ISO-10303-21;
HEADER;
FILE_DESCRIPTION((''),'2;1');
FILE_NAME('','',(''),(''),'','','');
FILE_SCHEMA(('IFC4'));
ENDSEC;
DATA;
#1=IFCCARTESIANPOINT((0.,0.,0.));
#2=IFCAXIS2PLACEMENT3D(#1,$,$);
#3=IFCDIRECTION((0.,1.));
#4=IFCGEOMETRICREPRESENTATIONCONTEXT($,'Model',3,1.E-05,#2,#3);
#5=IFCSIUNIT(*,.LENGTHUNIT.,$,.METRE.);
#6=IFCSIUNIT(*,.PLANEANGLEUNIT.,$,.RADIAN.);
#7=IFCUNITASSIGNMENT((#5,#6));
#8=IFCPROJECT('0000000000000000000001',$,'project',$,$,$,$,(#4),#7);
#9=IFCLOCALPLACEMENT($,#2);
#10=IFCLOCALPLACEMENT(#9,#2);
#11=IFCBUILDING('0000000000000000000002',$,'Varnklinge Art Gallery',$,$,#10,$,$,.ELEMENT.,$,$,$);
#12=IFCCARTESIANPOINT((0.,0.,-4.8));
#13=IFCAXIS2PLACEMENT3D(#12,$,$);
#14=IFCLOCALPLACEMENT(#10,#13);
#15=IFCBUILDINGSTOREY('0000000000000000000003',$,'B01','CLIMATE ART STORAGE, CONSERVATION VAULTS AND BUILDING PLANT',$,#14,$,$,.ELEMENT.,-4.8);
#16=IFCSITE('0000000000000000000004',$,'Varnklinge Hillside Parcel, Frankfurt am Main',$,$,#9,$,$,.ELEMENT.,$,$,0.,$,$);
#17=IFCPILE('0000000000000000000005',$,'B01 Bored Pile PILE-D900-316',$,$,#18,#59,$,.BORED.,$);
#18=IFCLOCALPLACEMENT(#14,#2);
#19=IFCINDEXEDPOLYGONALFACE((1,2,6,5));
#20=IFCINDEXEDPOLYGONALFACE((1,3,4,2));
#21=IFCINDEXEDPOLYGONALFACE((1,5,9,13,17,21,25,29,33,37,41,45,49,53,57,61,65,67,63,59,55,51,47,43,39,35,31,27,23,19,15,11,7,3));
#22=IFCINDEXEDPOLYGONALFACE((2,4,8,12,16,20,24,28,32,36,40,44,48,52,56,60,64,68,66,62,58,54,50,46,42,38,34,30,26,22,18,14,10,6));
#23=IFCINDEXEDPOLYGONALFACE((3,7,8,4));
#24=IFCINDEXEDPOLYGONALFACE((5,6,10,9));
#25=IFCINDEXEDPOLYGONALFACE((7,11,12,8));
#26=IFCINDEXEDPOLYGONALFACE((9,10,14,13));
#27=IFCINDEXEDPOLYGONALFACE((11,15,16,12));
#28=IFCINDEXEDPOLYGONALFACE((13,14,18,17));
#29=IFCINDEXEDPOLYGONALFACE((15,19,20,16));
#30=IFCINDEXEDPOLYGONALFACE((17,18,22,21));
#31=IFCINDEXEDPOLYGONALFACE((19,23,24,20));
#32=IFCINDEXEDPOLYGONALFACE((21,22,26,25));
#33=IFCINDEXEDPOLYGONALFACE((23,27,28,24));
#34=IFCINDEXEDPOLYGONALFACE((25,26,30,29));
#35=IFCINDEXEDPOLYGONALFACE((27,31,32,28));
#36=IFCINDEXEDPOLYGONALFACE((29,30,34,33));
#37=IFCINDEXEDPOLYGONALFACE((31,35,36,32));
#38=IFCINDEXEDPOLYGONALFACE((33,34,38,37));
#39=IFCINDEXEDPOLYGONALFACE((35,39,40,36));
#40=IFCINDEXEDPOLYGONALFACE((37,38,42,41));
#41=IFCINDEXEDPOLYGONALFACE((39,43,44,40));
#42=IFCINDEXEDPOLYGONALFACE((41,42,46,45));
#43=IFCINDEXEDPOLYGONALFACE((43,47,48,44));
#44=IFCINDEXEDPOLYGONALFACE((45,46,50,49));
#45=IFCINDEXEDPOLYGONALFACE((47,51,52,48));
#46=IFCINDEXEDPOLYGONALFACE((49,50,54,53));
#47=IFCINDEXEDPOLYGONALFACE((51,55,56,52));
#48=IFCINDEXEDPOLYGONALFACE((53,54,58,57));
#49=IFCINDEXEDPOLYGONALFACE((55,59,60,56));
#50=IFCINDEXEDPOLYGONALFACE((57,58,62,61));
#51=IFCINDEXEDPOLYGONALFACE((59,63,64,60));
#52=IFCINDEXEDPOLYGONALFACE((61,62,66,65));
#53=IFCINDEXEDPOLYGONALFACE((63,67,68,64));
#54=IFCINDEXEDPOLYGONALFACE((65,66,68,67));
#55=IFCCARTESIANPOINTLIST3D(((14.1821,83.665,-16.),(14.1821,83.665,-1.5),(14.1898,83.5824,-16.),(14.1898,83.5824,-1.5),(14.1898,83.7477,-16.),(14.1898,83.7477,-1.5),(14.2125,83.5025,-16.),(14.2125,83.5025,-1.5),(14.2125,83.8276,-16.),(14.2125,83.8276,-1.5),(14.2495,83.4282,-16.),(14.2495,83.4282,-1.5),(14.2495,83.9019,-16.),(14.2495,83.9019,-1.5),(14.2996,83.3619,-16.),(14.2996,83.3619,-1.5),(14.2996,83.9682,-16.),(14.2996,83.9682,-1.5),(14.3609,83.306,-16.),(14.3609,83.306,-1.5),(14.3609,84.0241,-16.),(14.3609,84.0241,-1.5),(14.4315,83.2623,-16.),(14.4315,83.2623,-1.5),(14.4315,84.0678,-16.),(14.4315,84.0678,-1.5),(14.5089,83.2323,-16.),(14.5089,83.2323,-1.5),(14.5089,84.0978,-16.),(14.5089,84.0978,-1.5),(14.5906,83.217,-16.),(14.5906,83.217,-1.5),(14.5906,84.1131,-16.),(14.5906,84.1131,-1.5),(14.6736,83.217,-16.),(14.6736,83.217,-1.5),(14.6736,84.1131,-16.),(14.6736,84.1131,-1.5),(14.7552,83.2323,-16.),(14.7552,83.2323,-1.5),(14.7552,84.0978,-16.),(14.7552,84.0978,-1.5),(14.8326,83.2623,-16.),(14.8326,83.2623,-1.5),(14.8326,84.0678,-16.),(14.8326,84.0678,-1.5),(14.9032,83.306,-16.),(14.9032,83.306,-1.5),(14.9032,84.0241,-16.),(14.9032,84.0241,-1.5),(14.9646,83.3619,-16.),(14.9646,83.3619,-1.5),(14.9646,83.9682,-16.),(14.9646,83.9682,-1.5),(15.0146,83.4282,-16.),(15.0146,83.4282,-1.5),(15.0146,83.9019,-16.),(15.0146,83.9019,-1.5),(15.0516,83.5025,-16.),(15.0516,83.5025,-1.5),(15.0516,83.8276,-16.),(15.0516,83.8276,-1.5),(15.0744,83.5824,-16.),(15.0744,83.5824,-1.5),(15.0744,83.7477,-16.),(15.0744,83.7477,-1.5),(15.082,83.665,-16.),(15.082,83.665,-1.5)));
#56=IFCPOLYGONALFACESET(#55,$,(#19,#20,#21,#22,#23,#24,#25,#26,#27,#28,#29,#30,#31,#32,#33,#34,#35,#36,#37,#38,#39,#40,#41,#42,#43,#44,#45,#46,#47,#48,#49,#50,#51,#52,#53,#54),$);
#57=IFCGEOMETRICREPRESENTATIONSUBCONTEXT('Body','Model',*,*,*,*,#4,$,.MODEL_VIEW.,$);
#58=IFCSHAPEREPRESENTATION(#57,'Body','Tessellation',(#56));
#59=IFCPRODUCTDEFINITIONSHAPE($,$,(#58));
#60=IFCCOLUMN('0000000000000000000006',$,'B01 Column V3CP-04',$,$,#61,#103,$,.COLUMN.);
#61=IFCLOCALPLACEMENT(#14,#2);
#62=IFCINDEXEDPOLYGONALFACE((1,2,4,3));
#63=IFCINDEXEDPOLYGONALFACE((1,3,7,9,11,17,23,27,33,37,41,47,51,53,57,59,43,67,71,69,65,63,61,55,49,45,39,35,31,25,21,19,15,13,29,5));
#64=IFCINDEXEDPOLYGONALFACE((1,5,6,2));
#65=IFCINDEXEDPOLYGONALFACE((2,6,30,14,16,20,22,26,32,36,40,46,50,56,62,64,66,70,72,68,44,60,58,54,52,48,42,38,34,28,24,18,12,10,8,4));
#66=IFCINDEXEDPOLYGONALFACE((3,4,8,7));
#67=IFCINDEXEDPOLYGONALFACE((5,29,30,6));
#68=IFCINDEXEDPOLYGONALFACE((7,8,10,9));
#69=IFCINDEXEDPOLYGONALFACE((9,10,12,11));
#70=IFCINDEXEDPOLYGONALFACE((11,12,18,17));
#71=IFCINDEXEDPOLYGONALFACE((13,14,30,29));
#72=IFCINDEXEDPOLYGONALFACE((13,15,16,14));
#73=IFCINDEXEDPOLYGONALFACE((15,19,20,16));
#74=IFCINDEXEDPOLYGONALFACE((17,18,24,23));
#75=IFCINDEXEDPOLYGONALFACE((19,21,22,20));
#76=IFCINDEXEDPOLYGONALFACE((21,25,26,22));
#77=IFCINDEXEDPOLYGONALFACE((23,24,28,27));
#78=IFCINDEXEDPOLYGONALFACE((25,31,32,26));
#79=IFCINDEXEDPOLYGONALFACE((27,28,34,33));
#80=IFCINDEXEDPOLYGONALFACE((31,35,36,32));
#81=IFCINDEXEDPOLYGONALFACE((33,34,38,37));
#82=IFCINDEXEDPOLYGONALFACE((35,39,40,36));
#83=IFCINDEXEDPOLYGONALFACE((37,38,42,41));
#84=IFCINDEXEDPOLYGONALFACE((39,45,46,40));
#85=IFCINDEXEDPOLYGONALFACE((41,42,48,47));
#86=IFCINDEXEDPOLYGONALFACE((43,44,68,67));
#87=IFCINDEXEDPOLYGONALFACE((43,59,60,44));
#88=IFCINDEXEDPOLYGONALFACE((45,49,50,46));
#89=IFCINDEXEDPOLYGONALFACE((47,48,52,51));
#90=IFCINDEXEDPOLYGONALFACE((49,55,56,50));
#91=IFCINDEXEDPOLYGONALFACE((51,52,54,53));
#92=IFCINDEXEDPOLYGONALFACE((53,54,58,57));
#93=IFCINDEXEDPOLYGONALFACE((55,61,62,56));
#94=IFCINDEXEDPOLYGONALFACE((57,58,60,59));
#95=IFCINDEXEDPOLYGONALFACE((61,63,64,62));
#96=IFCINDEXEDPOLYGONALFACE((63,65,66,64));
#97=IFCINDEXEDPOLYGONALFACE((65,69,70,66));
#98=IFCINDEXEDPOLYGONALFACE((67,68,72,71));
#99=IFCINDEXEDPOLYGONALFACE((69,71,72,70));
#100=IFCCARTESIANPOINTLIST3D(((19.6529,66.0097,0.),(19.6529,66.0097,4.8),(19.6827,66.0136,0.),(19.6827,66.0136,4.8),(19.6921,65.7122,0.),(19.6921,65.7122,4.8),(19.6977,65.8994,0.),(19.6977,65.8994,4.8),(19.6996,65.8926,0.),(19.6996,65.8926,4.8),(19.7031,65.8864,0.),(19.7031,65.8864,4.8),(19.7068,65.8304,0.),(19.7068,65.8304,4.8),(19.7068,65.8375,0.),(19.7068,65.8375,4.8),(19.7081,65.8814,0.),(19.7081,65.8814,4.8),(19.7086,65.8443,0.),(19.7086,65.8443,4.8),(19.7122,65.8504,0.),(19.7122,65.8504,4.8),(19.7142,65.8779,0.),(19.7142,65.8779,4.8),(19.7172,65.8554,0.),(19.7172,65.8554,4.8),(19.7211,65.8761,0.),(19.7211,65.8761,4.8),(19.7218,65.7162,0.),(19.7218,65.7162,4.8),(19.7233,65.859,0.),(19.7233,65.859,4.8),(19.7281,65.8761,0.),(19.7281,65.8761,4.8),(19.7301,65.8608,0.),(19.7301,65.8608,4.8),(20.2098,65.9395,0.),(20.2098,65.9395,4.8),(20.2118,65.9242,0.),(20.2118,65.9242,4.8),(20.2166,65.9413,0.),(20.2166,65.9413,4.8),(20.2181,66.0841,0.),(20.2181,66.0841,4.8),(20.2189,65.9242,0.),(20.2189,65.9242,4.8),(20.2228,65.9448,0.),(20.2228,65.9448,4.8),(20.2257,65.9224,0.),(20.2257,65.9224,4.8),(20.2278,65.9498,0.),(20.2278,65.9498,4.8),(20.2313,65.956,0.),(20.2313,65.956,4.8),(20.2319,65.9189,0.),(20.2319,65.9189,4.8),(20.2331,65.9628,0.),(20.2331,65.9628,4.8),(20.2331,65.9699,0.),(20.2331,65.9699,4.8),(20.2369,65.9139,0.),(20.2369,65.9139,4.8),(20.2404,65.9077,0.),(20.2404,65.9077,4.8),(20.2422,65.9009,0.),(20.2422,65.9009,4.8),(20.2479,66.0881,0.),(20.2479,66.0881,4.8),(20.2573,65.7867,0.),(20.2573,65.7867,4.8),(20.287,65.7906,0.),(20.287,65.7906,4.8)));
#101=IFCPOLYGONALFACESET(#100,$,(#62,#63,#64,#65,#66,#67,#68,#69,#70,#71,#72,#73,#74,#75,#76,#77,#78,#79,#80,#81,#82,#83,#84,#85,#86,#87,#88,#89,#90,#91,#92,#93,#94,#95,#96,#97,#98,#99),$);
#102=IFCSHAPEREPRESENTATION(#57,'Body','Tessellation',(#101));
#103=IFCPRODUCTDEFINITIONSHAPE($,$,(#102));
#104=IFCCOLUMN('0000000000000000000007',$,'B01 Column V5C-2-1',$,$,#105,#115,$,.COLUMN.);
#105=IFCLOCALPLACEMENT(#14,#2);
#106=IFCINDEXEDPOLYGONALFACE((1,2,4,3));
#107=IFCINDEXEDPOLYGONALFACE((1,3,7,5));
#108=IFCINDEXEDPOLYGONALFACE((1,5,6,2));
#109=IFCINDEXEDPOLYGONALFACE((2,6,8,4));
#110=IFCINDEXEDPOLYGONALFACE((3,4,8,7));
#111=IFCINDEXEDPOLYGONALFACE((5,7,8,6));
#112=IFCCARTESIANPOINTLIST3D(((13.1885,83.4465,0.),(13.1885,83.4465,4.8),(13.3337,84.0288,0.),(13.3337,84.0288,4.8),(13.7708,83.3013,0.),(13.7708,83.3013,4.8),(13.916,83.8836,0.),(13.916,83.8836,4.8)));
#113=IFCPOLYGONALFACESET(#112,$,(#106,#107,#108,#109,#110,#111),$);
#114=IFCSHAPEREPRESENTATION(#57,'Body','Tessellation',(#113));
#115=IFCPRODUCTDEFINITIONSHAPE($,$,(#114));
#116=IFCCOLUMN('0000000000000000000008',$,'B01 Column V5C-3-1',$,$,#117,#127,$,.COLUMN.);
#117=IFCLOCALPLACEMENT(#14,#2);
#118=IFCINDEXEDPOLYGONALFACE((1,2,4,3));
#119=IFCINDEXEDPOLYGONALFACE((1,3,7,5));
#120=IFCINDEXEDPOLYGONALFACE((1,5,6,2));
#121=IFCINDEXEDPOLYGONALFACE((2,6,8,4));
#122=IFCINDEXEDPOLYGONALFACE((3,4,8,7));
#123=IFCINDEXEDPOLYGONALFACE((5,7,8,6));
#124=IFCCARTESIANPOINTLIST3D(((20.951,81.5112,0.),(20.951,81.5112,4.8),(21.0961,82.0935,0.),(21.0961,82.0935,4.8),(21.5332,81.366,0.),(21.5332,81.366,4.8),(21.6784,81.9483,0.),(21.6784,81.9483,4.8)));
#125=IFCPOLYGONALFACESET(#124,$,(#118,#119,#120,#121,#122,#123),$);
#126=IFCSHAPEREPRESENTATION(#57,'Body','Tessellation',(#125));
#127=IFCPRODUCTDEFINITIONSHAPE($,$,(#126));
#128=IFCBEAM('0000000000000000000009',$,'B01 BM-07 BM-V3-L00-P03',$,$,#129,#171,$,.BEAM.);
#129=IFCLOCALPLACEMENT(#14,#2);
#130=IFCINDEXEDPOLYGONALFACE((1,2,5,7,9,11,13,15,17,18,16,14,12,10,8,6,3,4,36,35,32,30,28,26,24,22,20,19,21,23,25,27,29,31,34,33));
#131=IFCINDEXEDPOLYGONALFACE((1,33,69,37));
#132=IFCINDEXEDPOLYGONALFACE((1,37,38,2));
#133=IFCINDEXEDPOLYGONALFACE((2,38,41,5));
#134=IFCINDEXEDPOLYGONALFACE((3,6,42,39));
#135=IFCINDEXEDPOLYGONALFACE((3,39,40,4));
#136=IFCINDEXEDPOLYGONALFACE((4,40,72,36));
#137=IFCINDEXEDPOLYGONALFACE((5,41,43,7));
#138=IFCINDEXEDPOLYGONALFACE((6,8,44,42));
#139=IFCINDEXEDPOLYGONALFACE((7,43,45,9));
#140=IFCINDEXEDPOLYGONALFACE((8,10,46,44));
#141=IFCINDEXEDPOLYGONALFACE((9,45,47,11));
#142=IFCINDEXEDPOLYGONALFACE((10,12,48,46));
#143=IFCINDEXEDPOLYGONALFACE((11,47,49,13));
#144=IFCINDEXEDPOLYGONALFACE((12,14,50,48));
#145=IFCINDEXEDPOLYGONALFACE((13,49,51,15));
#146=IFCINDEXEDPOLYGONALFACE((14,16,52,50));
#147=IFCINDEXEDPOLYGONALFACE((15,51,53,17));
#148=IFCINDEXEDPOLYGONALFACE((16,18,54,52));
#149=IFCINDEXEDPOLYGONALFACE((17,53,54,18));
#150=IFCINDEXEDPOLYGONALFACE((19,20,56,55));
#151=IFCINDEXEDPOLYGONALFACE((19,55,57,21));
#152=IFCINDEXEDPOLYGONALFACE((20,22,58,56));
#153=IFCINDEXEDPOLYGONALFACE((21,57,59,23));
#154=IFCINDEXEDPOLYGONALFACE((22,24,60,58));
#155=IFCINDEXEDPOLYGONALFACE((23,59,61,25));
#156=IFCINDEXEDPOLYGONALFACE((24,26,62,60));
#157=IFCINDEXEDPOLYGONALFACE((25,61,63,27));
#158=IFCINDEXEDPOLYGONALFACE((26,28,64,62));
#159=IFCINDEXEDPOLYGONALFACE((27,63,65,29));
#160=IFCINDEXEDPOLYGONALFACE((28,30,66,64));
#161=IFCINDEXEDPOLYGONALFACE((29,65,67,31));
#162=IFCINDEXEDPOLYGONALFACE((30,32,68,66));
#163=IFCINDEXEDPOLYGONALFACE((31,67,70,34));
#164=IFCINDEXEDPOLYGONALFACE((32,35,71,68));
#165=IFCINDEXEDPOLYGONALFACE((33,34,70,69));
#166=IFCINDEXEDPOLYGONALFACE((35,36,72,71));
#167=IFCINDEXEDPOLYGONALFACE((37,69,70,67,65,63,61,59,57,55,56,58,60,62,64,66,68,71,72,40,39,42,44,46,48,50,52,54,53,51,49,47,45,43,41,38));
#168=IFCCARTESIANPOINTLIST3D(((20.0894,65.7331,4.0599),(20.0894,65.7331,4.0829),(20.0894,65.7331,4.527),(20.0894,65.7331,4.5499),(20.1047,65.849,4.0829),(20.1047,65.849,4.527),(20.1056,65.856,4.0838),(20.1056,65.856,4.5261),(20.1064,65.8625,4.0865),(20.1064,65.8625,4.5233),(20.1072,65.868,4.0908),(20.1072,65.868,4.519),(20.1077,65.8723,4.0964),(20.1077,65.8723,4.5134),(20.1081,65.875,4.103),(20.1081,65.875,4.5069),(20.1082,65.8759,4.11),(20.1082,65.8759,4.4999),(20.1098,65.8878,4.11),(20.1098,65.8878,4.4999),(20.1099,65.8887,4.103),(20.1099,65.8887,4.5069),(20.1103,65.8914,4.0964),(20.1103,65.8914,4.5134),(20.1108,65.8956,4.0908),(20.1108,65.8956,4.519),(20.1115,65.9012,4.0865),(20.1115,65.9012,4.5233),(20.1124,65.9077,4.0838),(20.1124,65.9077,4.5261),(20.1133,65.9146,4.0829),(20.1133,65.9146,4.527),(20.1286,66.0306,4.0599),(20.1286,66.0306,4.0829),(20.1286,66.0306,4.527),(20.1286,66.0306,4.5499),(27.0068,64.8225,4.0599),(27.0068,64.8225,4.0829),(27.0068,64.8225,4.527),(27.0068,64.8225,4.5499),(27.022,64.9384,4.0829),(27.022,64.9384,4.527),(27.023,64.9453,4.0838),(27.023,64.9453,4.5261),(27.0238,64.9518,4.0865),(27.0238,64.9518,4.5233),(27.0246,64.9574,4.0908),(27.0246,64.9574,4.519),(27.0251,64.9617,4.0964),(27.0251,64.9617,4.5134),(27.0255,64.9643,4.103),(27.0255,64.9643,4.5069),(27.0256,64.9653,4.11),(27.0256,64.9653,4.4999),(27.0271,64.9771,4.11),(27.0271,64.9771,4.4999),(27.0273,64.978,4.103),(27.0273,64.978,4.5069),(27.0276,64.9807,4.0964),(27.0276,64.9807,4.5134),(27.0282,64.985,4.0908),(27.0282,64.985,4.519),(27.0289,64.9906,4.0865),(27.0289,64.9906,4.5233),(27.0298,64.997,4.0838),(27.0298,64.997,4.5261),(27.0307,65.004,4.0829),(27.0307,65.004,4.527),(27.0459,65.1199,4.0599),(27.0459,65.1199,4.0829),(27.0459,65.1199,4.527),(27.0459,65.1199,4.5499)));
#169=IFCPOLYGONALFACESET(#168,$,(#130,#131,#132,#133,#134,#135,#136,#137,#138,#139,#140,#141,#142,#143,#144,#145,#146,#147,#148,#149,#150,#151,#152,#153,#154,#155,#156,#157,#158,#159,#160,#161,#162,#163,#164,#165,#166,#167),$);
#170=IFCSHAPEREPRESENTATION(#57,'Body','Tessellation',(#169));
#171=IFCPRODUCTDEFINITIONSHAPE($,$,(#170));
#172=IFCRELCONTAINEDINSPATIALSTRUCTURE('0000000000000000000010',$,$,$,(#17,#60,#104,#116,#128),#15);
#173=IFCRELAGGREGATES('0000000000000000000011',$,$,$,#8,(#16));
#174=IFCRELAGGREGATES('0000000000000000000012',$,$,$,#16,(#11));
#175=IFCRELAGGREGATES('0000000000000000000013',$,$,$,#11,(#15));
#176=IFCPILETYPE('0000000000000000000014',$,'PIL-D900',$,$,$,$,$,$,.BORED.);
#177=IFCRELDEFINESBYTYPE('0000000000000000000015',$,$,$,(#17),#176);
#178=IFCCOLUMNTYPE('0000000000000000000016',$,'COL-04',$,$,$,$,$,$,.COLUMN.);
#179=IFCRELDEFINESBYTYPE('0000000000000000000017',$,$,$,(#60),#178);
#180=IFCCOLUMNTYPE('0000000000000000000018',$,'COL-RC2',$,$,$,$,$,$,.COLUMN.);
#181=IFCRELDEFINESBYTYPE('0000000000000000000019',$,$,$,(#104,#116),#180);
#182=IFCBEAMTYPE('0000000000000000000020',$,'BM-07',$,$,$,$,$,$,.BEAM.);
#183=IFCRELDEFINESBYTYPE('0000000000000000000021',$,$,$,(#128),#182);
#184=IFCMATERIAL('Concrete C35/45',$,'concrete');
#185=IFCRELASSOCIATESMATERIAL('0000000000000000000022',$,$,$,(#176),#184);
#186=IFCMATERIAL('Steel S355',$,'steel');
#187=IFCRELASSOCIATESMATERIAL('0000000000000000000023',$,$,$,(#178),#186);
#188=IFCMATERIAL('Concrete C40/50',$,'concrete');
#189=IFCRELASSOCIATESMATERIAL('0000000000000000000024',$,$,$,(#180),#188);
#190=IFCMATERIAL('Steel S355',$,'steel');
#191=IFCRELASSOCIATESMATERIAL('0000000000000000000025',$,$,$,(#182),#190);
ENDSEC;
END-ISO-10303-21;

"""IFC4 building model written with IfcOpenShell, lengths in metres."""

from ifc_helpers import new_model, si_unit, direction, frame, origin, origin_2d, place, context, subcontext, project, spatial, rectangle, circle, i_section, extrude, material, material_profile, profile_set, type_object, element, save


model = new_model("IFC4")

# Units and contexts
model_context = context("Model", 3, precision=1e-05, world=origin(), true_north=direction((0.0, 1.0)))
body_context = subcontext(model_context, "Body", "Model", "MODEL_VIEW")
ifc_project = project(units=[si_unit("LENGTHUNIT", "METRE"), si_unit("PLANEANGLEUNIT", "RADIAN")], contexts=[model_context])

# Site, building, storey
site_placement = place(None, origin())
site = spatial("IfcSite", under=ifc_project, at=site_placement, Name="Varnklinge Hillside Parcel, Frankfurt am Main", CompositionType="ELEMENT", RefElevation=0.0)
building_placement = place(site_placement, origin())
building = spatial("IfcBuilding", under=site, at=building_placement, Name="Varnklinge Art Gallery", CompositionType="ELEMENT")
storey_placement = place(building_placement, frame((0.0, 0.0, -4.8)))
storey = spatial("IfcBuildingStorey", under=building, at=storey_placement, Name="B01", Description="CLIMATE ART STORAGE, CONSERVATION VAULTS AND BUILDING PLANT", CompositionType="ELEMENT", Elevation=-4.8)

# Pile
ifc_material_1 = material(Name="Concrete C35/45", Category="concrete")
ifc_material_profile_1 = material_profile(ifc_material_1, circle(Radius=0.45, at=origin_2d()), Name="PILE D900")
ifc_profile_set_1 = profile_set([ifc_material_profile_1], Name="Concrete C35/45")
pile_type = type_object("IfcPileType", Name="PIL-D900", PredefinedType="BORED", material=ifc_profile_set_1)
for number, where, z_axis, x_axis, name in (
    (1, (14.6321, 83.665, -1.5), (0.0, 0.0, -1.0), (1.0, 0.0, 0.0), "B01 Bored Pile PILE-D900-316"),
):
    element("IfcPile", number, at=place(storey_placement, frame(where, z_axis=z_axis, x_axis=x_axis)), inside=storey, type_object=pile_type, Name=name, PredefinedType="BORED", context=body_context, shape_type="SweptSolid", body=[
        extrude(circle(Radius=0.45, at=origin_2d()), origin(), (0.0, 0.0, 1.0), 14.5),
    ])

# Columns
ifc_material_2 = material(Name="Steel S355", Category="steel")
ifc_material_profile_2 = material_profile(ifc_material_2, i_section(OverallWidth=0.3, OverallDepth=0.6001, WebThickness=0.0154, FlangeThickness=0.03, FilletRadius=0.0271, at=origin_2d()), Name="HEB 600")
ifc_profile_set_2 = profile_set([ifc_material_profile_2], Name="Steel S355")
column_type_1 = type_object("IfcColumnType", Name="COL-04", PredefinedType="COLUMN", material=ifc_profile_set_2)
column_placement = place(storey_placement, frame((19.97, 65.9001, 0.0), z_axis=(0.0, 0.0, 1.0), x_axis=(-0.130526, 0.991445, 0.0)))
element("IfcColumn", 2, at=column_placement, inside=storey, type_object=column_type_1, Name="B01 Column V3CP-04", PredefinedType="COLUMN", context=body_context, shape_type="SweptSolid", body=[
    extrude(i_section(OverallWidth=0.3, OverallDepth=0.6001, WebThickness=0.0154, FlangeThickness=0.03, FilletRadius=0.0271, at=origin_2d()), origin(), (0.0, 0.0, 1.0), 4.8),
])
ifc_material_3 = material(Name="Concrete C40/50", Category="concrete")
ifc_material_profile_3 = material_profile(ifc_material_3, rectangle(XDim=0.6001, YDim=0.6001, at=origin_2d()), Name="RC 600x600")
ifc_profile_set_3 = profile_set([ifc_material_profile_3], Name="Concrete C40/50")
column_type_2 = type_object("IfcColumnType", Name="COL-RC2", PredefinedType="COLUMN", material=ifc_profile_set_3)
for number, where, z_axis, x_axis, name in (
    (3, (13.5522, 83.665, 0.0), (0.0, 0.0, 1.0), (0.970296, -0.241922, 0.0), "B01 Column V5C-2-1"),
    (4, (21.3147, 81.7297, 0.0), (0.0, 0.0, 1.0), (0.970296, -0.241922, 0.0), "B01 Column V5C-3-1"),
):
    element("IfcColumn", number, at=place(storey_placement, frame(where, z_axis=z_axis, x_axis=x_axis)), inside=storey, type_object=column_type_2, Name=name, PredefinedType="COLUMN", context=body_context, shape_type="SweptSolid", body=[
        extrude(rectangle(XDim=0.6001, YDim=0.6001, at=origin_2d()), origin(), (0.0, 0.0, 1.0), 4.8),
    ])

# Beam
ifc_material_4 = material(Name="Steel S355", Category="steel")
ifc_material_profile_4 = material_profile(ifc_material_4, i_section(OverallWidth=0.3, OverallDepth=0.49, WebThickness=0.012, FlangeThickness=0.0229, FilletRadius=0.0271, at=origin_2d()), Name="HEA 500")
ifc_profile_set_4 = profile_set([ifc_material_profile_4], Name="Steel S355")
beam_type_1 = type_object("IfcBeamType", Name="BM-07", PredefinedType="BEAM", material=ifc_profile_set_4)
beam_1_placement = place(storey_placement, frame((27.0264, 64.9712, 4.3049), z_axis=(-0.991446, 0.130518, 0.0), x_axis=(-0.130518, -0.991446, 0.0)))
element("IfcBeam", 5, at=beam_1_placement, inside=storey, type_object=beam_type_1, Name="B01 BM-07 BM-V3-L00-P03", PredefinedType="BEAM", context=body_context, shape_type="SweptSolid", body=[
    extrude(i_section(OverallWidth=0.3, OverallDepth=0.49, WebThickness=0.012, FlangeThickness=0.0229, FilletRadius=0.0271, at=origin_2d()), origin(), (0.0, 0.0, 1.0), 6.9771),
])

save(model, "model.ifc")
